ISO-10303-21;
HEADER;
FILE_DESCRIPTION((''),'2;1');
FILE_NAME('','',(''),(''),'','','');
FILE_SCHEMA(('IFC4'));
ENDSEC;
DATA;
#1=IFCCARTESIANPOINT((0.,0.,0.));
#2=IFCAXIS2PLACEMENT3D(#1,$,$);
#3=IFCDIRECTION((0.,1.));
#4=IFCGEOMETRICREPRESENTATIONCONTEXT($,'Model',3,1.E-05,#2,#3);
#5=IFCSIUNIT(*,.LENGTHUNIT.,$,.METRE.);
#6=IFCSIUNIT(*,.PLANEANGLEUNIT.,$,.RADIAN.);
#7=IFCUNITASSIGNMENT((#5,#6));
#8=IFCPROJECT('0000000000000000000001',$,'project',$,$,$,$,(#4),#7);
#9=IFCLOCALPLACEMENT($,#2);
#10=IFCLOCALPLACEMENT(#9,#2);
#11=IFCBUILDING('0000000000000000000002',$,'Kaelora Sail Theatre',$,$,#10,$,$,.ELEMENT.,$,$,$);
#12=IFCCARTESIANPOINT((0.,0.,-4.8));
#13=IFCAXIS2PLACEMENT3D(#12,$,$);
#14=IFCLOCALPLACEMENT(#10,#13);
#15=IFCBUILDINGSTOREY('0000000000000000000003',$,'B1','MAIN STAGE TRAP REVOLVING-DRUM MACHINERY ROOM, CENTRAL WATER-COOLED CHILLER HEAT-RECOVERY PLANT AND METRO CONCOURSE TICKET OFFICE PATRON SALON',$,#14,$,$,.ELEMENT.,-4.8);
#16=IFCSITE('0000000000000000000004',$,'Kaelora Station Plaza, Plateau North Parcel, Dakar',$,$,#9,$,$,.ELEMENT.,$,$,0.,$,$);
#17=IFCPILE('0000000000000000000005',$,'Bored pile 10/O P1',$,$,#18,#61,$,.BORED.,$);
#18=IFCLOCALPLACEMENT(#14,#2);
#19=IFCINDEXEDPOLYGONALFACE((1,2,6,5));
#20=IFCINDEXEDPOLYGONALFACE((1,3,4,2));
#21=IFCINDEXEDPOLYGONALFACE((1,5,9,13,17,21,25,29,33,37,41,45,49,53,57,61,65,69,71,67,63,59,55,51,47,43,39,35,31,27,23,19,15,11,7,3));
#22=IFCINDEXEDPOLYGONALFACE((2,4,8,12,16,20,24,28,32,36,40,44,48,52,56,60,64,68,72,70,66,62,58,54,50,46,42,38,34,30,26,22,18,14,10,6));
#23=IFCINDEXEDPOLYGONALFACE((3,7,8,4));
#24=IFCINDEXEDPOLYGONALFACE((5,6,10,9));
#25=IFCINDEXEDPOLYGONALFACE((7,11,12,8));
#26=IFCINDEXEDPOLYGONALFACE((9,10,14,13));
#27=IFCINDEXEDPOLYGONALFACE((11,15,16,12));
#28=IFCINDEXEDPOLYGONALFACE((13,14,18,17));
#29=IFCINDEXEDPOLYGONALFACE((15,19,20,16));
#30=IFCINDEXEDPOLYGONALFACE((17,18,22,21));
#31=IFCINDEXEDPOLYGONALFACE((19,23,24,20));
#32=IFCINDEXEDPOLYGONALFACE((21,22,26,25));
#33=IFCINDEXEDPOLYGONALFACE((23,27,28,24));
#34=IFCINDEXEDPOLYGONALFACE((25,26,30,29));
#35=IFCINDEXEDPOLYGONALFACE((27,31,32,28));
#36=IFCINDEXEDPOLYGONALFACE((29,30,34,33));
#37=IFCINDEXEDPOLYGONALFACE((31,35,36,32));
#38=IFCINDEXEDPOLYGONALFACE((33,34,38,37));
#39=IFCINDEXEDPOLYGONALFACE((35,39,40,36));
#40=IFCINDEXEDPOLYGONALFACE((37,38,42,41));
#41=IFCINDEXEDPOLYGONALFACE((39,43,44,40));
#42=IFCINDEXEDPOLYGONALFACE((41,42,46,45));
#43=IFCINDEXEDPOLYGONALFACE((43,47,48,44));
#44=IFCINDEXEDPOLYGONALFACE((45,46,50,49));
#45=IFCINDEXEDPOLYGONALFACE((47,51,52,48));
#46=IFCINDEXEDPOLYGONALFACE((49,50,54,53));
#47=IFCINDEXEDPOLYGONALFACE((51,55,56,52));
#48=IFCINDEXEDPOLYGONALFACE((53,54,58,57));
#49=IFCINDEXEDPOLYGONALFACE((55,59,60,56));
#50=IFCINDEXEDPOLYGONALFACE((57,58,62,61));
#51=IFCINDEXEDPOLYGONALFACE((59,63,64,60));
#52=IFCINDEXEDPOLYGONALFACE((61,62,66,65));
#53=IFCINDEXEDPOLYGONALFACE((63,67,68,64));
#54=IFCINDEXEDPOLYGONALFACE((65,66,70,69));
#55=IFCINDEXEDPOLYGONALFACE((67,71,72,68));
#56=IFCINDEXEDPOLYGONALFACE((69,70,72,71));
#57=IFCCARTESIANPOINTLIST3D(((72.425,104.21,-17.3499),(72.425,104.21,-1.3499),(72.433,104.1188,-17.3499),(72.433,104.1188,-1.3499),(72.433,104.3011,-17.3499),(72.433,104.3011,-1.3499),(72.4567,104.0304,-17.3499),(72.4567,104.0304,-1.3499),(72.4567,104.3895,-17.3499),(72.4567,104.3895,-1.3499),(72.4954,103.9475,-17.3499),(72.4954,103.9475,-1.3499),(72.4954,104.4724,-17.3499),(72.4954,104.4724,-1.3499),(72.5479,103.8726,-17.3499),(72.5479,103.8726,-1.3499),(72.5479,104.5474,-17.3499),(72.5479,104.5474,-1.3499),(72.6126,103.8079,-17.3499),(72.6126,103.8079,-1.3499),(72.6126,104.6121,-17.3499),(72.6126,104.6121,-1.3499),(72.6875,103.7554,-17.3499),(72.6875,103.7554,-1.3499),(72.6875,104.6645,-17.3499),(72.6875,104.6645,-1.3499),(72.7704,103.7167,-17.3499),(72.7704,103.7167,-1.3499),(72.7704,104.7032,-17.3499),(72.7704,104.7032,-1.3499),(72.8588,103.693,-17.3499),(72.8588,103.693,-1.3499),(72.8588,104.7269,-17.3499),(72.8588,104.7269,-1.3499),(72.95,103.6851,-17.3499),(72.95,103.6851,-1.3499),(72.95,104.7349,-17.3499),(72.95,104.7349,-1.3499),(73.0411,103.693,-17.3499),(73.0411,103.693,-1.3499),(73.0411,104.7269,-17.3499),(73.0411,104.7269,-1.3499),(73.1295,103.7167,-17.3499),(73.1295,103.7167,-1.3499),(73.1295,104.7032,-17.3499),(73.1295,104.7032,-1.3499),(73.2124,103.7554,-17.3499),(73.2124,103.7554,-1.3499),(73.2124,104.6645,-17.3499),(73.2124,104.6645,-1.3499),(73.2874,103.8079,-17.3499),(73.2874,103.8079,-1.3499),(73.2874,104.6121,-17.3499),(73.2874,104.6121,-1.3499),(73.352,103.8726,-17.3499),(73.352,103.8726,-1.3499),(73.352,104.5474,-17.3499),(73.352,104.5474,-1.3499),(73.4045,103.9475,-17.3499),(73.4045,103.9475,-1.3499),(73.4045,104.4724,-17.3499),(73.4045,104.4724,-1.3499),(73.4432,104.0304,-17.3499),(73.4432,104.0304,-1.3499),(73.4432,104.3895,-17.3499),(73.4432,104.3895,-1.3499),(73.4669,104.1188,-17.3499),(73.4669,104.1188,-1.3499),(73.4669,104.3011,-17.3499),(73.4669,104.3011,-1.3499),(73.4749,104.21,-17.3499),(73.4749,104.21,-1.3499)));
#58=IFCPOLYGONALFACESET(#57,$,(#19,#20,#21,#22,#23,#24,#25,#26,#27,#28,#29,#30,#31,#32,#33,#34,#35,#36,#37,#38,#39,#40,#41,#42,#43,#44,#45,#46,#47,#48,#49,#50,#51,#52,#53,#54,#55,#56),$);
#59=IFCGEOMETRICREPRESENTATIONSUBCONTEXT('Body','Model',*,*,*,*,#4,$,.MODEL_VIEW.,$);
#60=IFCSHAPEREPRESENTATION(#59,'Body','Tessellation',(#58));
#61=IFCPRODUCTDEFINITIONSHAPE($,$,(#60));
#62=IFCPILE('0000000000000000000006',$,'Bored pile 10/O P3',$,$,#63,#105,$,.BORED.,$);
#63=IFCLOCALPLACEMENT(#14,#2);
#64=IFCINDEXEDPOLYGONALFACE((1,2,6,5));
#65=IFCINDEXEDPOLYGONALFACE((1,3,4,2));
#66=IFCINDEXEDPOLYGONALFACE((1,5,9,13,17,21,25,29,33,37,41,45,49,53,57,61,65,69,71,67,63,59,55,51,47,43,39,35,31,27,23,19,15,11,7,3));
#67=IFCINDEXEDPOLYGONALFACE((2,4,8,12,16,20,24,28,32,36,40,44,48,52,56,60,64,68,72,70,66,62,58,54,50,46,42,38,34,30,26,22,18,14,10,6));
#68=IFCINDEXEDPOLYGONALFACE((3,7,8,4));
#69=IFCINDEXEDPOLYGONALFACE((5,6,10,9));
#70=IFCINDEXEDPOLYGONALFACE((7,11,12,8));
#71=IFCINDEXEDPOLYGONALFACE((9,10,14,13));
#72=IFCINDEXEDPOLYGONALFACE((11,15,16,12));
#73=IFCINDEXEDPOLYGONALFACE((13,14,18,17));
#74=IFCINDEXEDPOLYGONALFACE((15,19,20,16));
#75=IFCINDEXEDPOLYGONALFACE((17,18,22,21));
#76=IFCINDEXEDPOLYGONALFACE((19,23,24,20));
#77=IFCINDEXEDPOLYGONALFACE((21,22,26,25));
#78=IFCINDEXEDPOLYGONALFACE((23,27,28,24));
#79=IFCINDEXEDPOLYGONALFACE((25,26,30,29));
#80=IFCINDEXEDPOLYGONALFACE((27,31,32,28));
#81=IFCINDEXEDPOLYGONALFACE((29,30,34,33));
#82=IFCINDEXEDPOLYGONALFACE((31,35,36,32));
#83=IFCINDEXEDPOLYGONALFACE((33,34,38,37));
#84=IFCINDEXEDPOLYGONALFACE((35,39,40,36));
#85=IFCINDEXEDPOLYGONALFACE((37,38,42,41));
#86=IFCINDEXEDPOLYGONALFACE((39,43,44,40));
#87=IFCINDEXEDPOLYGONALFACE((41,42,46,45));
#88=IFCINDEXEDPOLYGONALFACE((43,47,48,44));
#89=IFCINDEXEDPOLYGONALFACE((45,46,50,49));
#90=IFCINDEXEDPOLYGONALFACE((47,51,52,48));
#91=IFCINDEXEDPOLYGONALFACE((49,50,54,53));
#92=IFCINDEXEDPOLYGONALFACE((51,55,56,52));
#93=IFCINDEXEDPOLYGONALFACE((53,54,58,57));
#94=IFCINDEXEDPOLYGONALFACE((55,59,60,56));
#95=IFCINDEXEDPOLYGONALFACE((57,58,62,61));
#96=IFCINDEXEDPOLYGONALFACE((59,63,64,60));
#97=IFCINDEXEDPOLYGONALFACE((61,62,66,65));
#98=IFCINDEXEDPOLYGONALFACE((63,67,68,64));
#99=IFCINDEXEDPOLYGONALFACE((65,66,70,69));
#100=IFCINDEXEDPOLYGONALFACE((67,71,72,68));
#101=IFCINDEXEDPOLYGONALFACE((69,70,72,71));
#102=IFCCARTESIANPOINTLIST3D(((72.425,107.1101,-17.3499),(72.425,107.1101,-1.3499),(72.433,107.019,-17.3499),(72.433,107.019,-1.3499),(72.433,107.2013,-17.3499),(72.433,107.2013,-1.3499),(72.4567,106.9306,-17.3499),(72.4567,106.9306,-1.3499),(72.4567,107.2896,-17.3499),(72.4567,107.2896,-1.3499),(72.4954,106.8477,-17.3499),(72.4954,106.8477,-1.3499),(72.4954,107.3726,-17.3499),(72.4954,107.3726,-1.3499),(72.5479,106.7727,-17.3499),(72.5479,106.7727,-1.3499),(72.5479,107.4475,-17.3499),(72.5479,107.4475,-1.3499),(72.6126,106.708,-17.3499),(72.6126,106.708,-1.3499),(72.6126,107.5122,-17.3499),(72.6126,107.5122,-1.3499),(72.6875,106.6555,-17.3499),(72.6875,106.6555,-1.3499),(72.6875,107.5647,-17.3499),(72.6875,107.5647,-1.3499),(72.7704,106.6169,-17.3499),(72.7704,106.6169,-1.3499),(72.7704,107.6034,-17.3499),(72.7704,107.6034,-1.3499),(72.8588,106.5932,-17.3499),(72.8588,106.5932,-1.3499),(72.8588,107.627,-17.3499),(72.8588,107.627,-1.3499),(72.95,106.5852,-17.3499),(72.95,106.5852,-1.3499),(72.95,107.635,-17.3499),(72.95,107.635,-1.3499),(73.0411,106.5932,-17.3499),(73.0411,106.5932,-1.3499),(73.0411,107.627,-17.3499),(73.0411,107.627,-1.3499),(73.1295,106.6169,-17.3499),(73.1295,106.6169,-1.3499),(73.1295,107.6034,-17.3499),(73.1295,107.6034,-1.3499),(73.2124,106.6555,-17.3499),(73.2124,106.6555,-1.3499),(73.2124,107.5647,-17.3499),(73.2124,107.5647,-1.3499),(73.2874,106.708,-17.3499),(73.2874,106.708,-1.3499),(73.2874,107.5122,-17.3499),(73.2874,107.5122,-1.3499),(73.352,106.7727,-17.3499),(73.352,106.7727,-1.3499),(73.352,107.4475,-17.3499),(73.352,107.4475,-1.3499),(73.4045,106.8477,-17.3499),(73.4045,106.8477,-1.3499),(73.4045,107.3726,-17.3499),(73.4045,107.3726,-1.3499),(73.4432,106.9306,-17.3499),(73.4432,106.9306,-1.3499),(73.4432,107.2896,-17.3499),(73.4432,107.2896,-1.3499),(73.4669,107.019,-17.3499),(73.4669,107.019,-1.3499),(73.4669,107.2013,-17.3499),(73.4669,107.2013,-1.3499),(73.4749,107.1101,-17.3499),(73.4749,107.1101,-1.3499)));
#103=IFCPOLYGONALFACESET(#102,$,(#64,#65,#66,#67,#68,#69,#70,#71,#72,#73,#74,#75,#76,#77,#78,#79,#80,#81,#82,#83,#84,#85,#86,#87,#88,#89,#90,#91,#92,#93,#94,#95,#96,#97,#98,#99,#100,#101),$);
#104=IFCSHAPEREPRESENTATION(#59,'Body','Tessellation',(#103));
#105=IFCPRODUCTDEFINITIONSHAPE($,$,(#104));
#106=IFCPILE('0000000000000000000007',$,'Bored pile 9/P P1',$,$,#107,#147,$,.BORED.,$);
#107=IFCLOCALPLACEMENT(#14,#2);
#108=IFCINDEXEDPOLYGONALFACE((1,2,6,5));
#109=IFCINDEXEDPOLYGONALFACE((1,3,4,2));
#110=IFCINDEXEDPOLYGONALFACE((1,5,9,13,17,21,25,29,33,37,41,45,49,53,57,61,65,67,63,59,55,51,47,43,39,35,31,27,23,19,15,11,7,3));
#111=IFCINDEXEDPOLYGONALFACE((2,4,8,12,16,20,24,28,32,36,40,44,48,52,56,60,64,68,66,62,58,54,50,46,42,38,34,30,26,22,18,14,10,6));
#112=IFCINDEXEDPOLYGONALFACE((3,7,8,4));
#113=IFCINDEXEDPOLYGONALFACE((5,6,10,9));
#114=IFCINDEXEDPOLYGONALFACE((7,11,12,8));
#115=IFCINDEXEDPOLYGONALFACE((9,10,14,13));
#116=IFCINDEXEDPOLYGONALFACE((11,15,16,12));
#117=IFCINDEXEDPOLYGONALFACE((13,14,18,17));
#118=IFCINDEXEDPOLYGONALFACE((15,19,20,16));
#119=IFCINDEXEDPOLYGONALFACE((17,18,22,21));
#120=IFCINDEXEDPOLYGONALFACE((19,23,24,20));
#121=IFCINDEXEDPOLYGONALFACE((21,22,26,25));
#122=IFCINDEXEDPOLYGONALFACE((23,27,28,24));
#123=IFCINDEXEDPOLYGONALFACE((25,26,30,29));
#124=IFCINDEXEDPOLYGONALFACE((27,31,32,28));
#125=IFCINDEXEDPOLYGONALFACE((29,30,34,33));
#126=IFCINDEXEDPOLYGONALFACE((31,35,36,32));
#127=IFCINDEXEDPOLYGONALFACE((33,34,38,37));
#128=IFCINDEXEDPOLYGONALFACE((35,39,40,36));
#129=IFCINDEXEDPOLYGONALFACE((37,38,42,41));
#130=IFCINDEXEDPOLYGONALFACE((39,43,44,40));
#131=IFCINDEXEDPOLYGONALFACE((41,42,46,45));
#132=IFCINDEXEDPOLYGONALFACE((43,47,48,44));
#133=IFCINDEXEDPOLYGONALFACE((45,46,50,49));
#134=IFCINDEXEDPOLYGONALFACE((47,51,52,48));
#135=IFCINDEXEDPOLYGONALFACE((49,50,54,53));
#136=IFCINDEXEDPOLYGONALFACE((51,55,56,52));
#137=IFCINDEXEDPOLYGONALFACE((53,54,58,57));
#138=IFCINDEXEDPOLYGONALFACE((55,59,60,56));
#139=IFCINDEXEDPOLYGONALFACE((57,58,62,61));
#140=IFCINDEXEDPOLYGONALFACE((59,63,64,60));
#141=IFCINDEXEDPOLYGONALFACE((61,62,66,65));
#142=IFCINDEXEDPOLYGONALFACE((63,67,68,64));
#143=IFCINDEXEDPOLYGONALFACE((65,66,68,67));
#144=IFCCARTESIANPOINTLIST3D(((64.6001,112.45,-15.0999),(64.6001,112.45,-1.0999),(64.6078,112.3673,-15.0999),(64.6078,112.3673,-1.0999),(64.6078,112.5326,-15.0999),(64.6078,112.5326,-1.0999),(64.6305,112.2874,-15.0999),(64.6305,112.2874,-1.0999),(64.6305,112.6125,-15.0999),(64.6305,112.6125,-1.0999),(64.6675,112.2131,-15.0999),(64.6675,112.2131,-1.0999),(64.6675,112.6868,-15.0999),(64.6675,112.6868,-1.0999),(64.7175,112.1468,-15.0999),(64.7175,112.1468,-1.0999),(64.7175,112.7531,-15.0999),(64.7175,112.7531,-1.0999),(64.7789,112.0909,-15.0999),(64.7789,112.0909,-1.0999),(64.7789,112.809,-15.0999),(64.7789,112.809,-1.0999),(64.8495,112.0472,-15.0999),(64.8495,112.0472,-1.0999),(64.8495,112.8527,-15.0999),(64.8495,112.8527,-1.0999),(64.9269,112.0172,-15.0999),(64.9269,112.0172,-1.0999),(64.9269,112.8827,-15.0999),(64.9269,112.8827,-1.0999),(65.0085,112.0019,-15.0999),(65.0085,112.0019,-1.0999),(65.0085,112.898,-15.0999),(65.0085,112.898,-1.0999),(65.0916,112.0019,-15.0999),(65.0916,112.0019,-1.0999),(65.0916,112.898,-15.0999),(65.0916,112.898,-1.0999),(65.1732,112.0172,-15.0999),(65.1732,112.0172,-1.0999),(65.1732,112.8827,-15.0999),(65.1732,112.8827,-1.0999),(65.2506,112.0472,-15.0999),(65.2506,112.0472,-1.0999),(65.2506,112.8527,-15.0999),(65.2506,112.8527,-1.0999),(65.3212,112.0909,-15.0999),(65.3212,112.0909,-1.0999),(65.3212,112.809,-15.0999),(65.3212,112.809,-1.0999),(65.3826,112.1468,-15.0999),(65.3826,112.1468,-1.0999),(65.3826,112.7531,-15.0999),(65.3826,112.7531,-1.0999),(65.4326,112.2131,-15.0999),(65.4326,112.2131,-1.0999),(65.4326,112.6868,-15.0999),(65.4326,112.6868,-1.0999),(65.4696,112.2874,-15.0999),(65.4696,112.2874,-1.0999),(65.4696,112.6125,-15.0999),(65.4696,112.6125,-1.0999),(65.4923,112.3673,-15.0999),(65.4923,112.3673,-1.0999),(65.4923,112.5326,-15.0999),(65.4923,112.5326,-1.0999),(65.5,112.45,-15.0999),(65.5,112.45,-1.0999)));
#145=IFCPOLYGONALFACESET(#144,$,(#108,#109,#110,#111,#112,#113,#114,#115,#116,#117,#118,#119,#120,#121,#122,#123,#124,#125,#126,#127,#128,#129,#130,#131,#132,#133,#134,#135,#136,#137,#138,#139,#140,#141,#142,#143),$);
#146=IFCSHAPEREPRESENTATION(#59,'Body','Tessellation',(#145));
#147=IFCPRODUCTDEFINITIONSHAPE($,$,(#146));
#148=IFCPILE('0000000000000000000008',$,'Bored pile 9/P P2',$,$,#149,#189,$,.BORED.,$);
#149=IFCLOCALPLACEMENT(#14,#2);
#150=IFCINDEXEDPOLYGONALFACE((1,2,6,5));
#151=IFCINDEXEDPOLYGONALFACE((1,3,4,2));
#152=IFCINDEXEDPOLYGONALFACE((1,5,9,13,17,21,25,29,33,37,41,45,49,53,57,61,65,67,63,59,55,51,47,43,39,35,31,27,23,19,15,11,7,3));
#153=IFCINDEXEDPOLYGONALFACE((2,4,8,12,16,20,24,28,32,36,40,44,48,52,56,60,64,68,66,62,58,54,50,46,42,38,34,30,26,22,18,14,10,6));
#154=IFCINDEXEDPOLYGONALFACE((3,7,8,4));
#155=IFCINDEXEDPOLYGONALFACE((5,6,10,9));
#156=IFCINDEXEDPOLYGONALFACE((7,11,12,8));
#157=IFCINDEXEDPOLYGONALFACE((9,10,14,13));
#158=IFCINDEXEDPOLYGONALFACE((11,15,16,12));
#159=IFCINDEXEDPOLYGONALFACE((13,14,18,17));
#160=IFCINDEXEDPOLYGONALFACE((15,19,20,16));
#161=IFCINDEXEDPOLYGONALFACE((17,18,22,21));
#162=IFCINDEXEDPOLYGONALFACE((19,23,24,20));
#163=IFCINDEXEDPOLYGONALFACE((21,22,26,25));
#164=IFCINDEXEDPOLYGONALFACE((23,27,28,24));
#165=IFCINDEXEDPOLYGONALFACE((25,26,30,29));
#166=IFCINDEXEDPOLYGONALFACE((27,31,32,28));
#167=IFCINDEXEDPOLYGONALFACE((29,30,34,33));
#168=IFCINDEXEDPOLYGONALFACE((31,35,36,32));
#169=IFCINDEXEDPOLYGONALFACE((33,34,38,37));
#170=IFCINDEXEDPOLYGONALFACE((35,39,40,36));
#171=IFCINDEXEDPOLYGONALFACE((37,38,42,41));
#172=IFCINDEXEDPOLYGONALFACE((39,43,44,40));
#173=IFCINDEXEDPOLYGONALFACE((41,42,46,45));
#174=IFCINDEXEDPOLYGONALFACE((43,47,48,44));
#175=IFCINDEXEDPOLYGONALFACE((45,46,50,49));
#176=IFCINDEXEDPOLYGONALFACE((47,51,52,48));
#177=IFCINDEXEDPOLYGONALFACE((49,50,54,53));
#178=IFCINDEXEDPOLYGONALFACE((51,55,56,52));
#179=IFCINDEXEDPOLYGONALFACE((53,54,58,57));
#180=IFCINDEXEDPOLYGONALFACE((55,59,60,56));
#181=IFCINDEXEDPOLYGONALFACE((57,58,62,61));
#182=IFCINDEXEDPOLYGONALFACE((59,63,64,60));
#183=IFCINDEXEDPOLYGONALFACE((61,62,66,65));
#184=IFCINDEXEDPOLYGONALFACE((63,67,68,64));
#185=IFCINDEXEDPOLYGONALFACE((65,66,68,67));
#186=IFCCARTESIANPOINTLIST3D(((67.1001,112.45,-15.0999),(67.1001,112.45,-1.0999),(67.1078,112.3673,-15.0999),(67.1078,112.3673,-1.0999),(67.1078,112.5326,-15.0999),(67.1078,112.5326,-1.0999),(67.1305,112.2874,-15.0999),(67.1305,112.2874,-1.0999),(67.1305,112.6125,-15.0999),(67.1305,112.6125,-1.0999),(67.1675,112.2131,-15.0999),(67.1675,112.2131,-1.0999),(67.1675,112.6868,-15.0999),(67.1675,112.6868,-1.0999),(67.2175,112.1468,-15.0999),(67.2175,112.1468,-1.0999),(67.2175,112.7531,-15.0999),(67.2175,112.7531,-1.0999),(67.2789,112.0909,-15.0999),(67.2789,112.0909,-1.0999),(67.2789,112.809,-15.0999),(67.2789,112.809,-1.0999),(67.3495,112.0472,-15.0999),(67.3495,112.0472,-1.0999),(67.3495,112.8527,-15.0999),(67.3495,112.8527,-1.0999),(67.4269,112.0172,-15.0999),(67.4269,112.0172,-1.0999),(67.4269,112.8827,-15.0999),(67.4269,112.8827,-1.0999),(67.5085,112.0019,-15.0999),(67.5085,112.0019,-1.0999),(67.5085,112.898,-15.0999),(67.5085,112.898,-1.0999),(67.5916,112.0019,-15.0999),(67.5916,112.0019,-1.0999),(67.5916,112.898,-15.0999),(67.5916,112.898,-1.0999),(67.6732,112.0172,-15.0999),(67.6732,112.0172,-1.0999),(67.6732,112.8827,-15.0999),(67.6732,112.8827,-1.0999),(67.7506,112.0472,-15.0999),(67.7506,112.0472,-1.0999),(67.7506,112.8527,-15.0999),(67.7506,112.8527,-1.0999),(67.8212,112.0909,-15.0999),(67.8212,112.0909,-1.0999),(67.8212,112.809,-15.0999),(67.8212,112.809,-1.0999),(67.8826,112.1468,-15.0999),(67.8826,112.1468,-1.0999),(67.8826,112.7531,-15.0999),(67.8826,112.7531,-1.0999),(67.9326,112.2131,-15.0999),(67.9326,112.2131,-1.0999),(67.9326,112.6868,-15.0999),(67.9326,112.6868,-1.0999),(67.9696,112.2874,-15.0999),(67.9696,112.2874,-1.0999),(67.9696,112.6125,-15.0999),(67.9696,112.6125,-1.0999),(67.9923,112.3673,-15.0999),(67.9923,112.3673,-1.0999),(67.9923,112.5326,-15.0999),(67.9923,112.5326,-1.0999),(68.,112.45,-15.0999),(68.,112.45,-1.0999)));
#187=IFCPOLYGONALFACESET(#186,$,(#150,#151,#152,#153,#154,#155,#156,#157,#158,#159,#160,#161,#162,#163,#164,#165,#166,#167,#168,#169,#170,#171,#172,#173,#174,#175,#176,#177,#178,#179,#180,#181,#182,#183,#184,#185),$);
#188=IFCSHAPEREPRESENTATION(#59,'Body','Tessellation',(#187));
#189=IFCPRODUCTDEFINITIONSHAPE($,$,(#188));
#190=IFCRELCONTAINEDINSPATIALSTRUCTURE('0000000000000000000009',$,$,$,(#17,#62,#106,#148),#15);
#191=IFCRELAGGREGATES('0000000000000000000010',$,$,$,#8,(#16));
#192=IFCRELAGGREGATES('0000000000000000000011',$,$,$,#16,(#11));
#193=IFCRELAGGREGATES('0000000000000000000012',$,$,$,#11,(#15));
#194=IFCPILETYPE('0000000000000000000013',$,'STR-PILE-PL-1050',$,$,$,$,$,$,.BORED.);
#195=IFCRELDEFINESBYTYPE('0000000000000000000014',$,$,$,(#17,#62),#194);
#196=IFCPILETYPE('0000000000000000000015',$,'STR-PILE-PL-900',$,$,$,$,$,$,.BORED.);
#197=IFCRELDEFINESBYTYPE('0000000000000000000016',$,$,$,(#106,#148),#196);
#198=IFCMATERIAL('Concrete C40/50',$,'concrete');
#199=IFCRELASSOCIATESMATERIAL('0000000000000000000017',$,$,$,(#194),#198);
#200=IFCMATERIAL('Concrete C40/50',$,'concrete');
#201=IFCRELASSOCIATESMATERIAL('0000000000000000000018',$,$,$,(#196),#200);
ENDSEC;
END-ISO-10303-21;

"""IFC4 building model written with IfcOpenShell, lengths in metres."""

from ifc_helpers import new_model, si_unit, direction, frame, origin, origin_2d, place, context, subcontext, project, spatial, circle, extrude, material, material_profile, profile_set, type_object, element, save


model = new_model("IFC4")

# Units and contexts
model_context = context("Model", 3, precision=1e-05, world=origin(), true_north=direction((0.0, 1.0)))
body_context = subcontext(model_context, "Body", "Model", "MODEL_VIEW")
ifc_project = project(units=[si_unit("LENGTHUNIT", "METRE"), si_unit("PLANEANGLEUNIT", "RADIAN")], contexts=[model_context])

# Site, building, storey
site_placement = place(None, origin())
site = spatial("IfcSite", under=ifc_project, at=site_placement, Name="Kaelora Station Plaza, Plateau North Parcel, Dakar", CompositionType="ELEMENT", RefElevation=0.0)
building_placement = place(site_placement, origin())
building = spatial("IfcBuilding", under=site, at=building_placement, Name="Kaelora Sail Theatre", CompositionType="ELEMENT")
storey_placement = place(building_placement, frame((0.0, 0.0, -4.8)))
storey = spatial("IfcBuildingStorey", under=building, at=storey_placement, Name="B1", Description="MAIN STAGE TRAP REVOLVING-DRUM MACHINERY ROOM, CENTRAL WATER-COOLED CHILLER HEAT-RECOVERY PLANT AND METRO CONCOURSE TICKET OFFICE PATRON SALON", CompositionType="ELEMENT", Elevation=-4.8)

# Piles
ifc_material_1 = material(Name="Concrete C40/50", Category="concrete")
ifc_material_profile_1 = material_profile(ifc_material_1, circle(Radius=0.5249, at=origin_2d()), Name="PILE D1050")
ifc_profile_set_1 = profile_set([ifc_material_profile_1], Name="Concrete C40/50")
pile_type_1 = type_object("IfcPileType", Name="STR-PILE-PL-1050", PredefinedType="BORED", material=ifc_profile_set_1)
for number, where, z_axis, x_axis, name in (
    (1, (72.95, 104.21, -1.3499), (0.0, 0.0, -1.0), (1.0, 0.0, 0.0), "Bored pile 10/O P1"),
    (2, (72.95, 107.1101, -1.3499), (0.0, 0.0, -1.0), (1.0, 0.0, 0.0), "Bored pile 10/O P3"),
):
    element("IfcPile", number, at=place(storey_placement, frame(where, z_axis=z_axis, x_axis=x_axis)), inside=storey, type_object=pile_type_1, Name=name, PredefinedType="BORED", context=body_context, shape_type="SweptSolid", body=[
        extrude(circle(Radius=0.5249, at=origin_2d()), origin(), (0.0, 0.0, 1.0), 16.0),
    ])
ifc_material_2 = material(Name="Concrete C40/50", Category="concrete")
ifc_material_profile_2 = material_profile(ifc_material_2, circle(Radius=0.45, at=origin_2d()), Name="PILE D900")
ifc_profile_set_2 = profile_set([ifc_material_profile_2], Name="Concrete C40/50")
pile_type_2 = type_object("IfcPileType", Name="STR-PILE-PL-900", PredefinedType="BORED", material=ifc_profile_set_2)
for number, where, z_axis, x_axis, name in (
    (3, (65.05, 112.45, -1.0999), (0.0, 0.0, -1.0), (1.0, 0.0, 0.0), "Bored pile 9/P P1"),
    (4, (67.55, 112.45, -1.0999), (0.0, 0.0, -1.0), (1.0, 0.0, 0.0), "Bored pile 9/P P2"),
):
    element("IfcPile", number, at=place(storey_placement, frame(where, z_axis=z_axis, x_axis=x_axis)), inside=storey, type_object=pile_type_2, Name=name, PredefinedType="BORED", context=body_context, shape_type="SweptSolid", body=[
        extrude(circle(Radius=0.45, at=origin_2d()), origin(), (0.0, 0.0, 1.0), 14.0),
    ])

save(model, "model.ifc")
